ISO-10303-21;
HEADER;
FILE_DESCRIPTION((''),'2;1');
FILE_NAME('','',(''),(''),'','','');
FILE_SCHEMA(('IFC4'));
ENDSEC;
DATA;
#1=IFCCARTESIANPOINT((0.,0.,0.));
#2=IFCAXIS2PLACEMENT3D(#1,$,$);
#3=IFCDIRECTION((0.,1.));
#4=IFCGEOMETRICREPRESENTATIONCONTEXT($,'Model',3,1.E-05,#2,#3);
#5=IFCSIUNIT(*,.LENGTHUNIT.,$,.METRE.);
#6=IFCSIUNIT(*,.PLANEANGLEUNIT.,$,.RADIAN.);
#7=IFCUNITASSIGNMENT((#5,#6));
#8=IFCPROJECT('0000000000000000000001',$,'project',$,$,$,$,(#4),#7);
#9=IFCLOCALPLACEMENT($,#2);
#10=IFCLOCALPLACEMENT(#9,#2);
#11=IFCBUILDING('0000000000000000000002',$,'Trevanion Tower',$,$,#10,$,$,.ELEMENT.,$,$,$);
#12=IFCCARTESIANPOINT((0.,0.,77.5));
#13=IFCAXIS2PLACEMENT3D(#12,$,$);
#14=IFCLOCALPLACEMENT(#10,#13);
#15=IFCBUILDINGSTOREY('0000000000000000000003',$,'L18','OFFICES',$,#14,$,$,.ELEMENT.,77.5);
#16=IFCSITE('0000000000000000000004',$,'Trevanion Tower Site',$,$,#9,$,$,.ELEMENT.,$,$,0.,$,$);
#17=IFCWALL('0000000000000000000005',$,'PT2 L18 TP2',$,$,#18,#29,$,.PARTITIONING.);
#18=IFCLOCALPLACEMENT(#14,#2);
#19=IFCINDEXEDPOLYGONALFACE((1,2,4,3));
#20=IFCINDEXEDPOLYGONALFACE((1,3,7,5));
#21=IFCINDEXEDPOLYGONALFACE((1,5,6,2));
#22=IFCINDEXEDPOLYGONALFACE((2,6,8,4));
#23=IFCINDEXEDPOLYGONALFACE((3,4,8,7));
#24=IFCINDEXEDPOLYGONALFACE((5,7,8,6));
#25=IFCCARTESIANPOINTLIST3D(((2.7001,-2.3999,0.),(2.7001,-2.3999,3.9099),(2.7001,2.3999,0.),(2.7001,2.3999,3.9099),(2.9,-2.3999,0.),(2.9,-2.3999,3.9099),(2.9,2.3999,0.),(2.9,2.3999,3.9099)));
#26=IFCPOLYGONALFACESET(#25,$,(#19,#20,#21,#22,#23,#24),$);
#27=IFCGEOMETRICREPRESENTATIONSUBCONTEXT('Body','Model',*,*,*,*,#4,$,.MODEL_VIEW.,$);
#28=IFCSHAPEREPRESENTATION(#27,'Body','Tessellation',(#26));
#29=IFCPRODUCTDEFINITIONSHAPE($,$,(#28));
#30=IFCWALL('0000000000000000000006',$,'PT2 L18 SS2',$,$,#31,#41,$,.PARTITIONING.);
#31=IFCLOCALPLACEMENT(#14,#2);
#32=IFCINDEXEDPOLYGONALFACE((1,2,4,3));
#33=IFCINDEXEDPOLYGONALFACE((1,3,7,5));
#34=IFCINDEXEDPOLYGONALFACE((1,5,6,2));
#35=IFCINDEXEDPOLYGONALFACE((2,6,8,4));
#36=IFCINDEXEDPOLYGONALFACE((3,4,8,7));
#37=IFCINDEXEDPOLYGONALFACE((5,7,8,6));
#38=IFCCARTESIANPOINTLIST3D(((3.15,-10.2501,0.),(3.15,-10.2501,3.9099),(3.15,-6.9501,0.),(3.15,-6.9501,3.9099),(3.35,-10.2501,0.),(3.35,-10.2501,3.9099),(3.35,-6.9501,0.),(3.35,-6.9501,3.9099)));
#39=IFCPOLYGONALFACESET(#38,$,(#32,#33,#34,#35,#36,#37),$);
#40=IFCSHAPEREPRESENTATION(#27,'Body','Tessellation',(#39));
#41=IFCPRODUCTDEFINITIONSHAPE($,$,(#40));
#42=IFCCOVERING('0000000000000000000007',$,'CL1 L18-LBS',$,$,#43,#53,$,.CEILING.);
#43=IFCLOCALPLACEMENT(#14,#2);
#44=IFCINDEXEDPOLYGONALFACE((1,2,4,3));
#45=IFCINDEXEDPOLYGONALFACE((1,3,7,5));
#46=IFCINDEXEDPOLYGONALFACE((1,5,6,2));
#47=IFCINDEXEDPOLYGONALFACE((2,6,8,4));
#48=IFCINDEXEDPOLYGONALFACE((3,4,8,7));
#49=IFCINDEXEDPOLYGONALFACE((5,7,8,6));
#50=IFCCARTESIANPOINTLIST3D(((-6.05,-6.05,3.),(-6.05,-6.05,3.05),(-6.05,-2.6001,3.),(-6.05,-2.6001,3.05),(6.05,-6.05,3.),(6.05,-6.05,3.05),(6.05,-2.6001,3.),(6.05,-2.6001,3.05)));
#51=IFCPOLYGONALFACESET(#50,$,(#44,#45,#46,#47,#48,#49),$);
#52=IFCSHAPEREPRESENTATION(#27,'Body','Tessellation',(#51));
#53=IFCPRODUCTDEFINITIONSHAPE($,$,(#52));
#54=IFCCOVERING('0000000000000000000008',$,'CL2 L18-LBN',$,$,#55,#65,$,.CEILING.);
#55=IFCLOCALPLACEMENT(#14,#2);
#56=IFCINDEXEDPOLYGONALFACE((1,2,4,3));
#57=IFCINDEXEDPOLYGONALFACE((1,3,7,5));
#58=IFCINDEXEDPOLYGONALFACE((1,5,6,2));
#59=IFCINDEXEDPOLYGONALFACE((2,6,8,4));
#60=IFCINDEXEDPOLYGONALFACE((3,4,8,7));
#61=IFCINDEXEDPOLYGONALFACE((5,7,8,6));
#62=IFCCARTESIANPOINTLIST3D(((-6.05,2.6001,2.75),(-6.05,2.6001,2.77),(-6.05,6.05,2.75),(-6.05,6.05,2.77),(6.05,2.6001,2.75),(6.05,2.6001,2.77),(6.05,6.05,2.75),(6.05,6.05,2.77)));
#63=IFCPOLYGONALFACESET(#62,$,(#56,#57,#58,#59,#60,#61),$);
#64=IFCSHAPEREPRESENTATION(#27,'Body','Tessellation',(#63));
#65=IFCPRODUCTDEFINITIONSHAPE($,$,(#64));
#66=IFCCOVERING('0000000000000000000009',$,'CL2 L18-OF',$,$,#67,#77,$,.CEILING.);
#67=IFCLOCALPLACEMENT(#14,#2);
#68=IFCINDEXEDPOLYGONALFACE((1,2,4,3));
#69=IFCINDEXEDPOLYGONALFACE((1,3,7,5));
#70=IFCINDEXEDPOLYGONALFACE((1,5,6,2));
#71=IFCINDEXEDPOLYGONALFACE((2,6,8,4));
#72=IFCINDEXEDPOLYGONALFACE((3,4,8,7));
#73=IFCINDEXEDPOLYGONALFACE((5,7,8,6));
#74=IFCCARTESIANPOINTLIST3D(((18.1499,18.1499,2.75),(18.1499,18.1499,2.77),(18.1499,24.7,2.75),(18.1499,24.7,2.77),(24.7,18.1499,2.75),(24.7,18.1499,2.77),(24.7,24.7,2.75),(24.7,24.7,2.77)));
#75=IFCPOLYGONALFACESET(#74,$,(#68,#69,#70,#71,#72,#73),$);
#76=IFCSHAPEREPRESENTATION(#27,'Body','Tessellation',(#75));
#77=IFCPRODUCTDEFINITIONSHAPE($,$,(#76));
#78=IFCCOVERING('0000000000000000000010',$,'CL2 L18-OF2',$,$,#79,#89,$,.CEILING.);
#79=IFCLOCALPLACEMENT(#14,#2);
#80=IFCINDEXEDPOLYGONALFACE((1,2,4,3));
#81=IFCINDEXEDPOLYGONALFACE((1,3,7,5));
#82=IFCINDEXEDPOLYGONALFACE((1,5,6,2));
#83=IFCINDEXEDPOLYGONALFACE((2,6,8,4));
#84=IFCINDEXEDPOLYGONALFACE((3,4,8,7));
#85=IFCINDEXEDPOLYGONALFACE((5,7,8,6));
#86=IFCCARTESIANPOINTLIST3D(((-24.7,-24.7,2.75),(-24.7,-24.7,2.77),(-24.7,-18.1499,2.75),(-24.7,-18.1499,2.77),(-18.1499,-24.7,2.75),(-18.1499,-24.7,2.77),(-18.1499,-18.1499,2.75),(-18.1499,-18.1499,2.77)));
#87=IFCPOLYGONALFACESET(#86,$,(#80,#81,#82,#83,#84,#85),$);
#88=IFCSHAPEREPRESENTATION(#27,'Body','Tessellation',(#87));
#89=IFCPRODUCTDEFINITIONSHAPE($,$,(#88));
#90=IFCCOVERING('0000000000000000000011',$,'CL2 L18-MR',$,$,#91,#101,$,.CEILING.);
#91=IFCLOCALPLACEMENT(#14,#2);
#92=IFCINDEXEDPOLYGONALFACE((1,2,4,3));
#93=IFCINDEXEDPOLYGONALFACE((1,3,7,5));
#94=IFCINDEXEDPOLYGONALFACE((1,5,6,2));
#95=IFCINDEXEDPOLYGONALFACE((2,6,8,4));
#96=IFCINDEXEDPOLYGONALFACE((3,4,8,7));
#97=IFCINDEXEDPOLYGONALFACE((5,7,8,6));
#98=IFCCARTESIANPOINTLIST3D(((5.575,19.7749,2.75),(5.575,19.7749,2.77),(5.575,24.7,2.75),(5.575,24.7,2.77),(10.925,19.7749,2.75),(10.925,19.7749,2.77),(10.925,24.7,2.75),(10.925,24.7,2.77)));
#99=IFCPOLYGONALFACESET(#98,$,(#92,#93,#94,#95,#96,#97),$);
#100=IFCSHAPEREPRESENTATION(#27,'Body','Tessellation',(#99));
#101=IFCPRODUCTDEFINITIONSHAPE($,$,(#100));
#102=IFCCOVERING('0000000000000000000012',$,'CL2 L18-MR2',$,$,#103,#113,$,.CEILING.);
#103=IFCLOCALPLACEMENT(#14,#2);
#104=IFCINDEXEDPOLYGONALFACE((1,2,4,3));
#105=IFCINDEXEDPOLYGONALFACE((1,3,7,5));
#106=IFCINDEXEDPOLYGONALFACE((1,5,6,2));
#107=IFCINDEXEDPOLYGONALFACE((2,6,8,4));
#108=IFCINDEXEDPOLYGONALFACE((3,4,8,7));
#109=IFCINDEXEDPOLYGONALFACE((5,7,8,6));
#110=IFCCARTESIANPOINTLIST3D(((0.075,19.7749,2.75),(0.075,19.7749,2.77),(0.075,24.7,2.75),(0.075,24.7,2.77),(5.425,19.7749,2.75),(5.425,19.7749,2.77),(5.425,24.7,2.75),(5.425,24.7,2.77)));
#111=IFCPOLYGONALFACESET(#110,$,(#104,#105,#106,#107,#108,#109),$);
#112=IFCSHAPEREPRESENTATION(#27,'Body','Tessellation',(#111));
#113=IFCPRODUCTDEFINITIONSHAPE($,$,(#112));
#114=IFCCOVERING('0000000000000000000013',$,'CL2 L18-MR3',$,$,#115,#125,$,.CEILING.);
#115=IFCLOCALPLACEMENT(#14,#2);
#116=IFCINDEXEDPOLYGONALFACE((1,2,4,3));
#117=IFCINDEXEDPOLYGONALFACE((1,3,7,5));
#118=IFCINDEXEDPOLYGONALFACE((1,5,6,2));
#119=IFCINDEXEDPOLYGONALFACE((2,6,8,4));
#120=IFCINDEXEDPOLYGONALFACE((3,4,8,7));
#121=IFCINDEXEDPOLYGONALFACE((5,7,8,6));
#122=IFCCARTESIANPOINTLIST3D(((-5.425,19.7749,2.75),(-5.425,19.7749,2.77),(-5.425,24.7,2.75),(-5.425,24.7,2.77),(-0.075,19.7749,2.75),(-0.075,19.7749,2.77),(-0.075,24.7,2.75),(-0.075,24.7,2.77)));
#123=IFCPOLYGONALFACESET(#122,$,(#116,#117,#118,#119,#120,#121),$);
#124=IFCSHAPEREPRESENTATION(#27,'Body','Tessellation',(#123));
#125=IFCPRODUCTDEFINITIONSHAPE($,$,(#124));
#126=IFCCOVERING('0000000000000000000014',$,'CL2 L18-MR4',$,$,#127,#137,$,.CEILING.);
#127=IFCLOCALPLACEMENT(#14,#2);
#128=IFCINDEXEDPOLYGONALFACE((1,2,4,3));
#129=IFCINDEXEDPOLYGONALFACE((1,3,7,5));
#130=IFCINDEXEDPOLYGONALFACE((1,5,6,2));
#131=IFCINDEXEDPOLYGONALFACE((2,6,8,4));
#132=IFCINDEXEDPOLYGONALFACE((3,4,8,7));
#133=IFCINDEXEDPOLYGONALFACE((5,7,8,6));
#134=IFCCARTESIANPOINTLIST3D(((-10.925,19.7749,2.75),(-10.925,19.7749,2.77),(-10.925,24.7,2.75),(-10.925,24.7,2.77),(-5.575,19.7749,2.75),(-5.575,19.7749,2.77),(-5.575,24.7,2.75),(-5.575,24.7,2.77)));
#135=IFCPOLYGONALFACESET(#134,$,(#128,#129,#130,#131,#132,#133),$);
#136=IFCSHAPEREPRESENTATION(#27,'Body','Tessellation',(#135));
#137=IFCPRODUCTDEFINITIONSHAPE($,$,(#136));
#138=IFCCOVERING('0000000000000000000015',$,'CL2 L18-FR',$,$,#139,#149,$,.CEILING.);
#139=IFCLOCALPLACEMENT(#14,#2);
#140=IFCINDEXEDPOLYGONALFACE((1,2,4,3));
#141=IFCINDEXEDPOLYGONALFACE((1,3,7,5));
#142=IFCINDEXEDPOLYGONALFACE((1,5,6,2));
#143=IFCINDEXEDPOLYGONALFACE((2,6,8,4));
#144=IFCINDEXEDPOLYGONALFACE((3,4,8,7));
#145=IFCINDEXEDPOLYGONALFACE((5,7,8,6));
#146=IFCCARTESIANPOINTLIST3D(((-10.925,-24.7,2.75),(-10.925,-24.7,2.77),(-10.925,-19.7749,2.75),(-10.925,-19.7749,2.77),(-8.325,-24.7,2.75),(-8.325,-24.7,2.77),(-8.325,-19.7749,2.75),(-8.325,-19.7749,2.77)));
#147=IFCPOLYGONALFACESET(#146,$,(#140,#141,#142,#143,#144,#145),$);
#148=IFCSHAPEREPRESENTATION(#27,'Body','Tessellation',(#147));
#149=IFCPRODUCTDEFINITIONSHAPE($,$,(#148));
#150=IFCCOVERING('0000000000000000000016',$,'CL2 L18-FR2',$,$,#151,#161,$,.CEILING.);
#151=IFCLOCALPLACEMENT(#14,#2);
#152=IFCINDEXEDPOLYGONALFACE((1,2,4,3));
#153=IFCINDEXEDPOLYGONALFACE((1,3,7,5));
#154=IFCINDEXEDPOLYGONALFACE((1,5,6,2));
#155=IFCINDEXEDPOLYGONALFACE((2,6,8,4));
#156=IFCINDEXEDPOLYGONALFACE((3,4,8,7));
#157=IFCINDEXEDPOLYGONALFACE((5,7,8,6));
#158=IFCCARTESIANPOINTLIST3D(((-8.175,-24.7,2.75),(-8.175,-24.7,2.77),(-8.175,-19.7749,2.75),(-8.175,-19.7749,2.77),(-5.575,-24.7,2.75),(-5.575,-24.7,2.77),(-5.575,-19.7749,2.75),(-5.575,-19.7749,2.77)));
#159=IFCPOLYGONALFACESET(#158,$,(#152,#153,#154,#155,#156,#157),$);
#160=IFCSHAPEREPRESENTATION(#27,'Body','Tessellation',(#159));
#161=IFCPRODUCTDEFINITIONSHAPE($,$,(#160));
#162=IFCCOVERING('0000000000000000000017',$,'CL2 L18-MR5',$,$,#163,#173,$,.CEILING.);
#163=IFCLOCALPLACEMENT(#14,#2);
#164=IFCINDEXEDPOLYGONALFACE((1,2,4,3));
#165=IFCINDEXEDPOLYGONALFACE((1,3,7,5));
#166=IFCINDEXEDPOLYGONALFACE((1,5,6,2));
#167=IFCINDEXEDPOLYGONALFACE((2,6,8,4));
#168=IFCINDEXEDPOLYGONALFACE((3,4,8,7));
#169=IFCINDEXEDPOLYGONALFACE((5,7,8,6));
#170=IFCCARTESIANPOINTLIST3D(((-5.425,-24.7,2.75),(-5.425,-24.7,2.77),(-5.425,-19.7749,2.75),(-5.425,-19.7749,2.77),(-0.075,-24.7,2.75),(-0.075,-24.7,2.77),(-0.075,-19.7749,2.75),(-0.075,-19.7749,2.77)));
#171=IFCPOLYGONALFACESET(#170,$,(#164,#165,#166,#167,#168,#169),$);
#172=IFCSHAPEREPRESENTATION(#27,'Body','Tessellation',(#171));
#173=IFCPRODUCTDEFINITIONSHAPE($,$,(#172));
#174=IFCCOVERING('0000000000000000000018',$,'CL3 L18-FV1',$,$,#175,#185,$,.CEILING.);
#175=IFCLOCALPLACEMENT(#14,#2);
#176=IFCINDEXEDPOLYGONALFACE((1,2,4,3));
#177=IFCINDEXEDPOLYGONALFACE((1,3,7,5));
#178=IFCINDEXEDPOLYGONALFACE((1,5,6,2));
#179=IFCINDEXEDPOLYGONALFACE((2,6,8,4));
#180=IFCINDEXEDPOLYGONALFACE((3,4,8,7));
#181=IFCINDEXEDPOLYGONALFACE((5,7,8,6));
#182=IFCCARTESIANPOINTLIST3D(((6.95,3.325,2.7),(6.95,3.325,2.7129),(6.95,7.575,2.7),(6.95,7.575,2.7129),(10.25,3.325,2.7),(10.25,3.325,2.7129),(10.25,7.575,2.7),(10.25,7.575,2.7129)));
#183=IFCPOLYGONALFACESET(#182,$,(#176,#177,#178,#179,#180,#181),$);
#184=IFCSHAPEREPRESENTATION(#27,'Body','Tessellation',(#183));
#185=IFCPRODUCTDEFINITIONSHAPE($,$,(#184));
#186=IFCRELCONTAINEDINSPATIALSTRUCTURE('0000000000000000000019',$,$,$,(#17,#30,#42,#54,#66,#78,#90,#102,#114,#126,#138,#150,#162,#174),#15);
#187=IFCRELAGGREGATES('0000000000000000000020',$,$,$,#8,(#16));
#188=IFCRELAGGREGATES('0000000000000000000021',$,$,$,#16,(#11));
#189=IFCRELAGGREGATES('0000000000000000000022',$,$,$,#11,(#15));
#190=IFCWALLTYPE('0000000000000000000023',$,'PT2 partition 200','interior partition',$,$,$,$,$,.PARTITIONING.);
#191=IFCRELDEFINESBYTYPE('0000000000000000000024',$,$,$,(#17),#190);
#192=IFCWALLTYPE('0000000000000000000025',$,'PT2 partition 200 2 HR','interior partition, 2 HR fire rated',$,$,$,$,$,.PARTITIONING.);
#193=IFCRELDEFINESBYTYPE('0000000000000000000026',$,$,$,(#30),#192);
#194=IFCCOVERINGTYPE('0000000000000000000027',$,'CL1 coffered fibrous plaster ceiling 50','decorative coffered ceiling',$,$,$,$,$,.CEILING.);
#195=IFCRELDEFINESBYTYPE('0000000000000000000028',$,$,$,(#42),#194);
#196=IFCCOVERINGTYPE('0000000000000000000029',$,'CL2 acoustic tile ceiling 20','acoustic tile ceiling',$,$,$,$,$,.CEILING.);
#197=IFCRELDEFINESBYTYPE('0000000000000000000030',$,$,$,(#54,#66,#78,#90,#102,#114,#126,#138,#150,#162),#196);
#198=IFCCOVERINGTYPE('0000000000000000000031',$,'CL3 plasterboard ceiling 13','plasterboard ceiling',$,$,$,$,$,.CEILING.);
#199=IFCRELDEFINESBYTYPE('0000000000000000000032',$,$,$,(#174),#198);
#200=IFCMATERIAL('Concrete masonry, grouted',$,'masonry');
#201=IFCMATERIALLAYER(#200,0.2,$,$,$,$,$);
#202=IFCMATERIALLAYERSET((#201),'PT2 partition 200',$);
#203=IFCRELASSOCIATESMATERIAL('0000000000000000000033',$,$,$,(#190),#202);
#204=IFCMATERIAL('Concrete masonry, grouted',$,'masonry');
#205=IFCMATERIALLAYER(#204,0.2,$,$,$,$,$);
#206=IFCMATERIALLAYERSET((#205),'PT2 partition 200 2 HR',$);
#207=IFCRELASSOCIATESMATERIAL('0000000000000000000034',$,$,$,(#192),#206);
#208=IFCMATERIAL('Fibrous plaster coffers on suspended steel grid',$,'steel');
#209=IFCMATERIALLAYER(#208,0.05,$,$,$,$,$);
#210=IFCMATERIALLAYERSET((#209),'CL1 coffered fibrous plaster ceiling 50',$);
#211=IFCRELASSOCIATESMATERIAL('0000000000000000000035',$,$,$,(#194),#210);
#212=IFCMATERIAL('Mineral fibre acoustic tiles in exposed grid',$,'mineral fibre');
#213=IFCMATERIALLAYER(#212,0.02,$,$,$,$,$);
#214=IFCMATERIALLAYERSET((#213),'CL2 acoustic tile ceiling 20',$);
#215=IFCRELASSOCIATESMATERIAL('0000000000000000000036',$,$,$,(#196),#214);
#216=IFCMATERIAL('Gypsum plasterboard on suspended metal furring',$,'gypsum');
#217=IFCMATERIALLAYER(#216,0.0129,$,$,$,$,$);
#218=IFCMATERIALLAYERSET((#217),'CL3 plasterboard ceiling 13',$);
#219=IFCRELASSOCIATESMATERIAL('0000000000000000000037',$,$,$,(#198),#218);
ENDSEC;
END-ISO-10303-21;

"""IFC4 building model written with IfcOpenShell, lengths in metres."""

from ifc_helpers import new_model, si_unit, direction, frame, frame_2d, origin, place, context, subcontext, project, spatial, polyline, rectangle, outline, extrude, material, layer, layer_set, type_object, element, save


model = new_model("IFC4")

# Units and contexts
model_context = context("Model", 3, precision=1e-05, world=origin(), true_north=direction((0.0, 1.0)))
body_context = subcontext(model_context, "Body", "Model", "MODEL_VIEW")
ifc_project = project(units=[si_unit("LENGTHUNIT", "METRE"), si_unit("PLANEANGLEUNIT", "RADIAN")], contexts=[model_context])

# Site, building, storey
site_placement = place(None, origin())
site = spatial("IfcSite", under=ifc_project, at=site_placement, Name="Trevanion Tower Site", CompositionType="ELEMENT", RefElevation=0.0)
building_placement = place(site_placement, origin())
building = spatial("IfcBuilding", under=site, at=building_placement, Name="Trevanion Tower", CompositionType="ELEMENT")
storey_placement = place(building_placement, frame((0.0, 0.0, 77.5)))
storey = spatial("IfcBuildingStorey", under=building, at=storey_placement, Name="L18", Description="OFFICES", CompositionType="ELEMENT", Elevation=77.5)

# Walls
ifc_material_1 = material(Name="Concrete masonry, grouted", Category="masonry")
ifc_layer_1 = layer(ifc_material_1, 0.2)
ifc_layer_set_1 = layer_set([ifc_layer_1], Name="PT2 partition 200")
wall_type_1 = type_object("IfcWallType", Name="PT2 partition 200", Description="interior partition", PredefinedType="PARTITIONING", material=ifc_layer_set_1)
wall_1_placement = place(storey_placement, frame((2.8, -2.3999, 0.0), z_axis=(0.0, 0.0, 1.0), x_axis=(0.0, 1.0, 0.0)))
element("IfcWall", 1, at=wall_1_placement, inside=storey, type_object=wall_type_1, Name="PT2 L18 TP2", PredefinedType="PARTITIONING", context=body_context, shape_type="SweptSolid", body=[
    extrude(rectangle(XDim=4.7998, YDim=0.2, at=frame_2d((2.3999, 0.0))), origin(), (0.0, 0.0, 1.0), 3.9099),
])
ifc_material_2 = material(Name="Concrete masonry, grouted", Category="masonry")
ifc_layer_2 = layer(ifc_material_2, 0.2)
ifc_layer_set_2 = layer_set([ifc_layer_2], Name="PT2 partition 200 2 HR")
wall_type_2 = type_object("IfcWallType", Name="PT2 partition 200 2 HR", Description="interior partition, 2 HR fire rated", PredefinedType="PARTITIONING", material=ifc_layer_set_2)
wall_2_placement = place(storey_placement, frame((3.25, -10.25, 0.0), z_axis=(0.0, 0.0, 1.0), x_axis=(0.0, 1.0, 0.0)))
element("IfcWall", 2, at=wall_2_placement, inside=storey, type_object=wall_type_2, Name="PT2 L18 SS2", PredefinedType="PARTITIONING", context=body_context, shape_type="SweptSolid", body=[
    extrude(rectangle(XDim=3.3, YDim=0.2, at=frame_2d((1.6499, 0.0))), origin(), (0.0, 0.0, 1.0), 3.9099),
])

# Coverings
ifc_material_3 = material(Name="Fibrous plaster coffers on suspended steel grid", Category="steel")
ifc_layer_3 = layer(ifc_material_3, 0.05)
ifc_layer_set_3 = layer_set([ifc_layer_3], Name="CL1 coffered fibrous plaster ceiling 50")
covering_type_1 = type_object("IfcCoveringType", Name="CL1 coffered fibrous plaster ceiling 50", Description="decorative coffered ceiling", PredefinedType="CEILING", material=ifc_layer_set_3)
covering_1_placement = place(storey_placement, frame((0.0, 0.0, 3.0)))
element("IfcCovering", 3, at=covering_1_placement, inside=storey, type_object=covering_type_1, Name="CL1 L18-LBS", PredefinedType="CEILING", context=body_context, shape_type="SweptSolid", body=[
    extrude(outline(polyline([(6.05, -6.05), (6.05, -2.6001), (-6.05, -2.6001), (-6.05, -6.05), (6.05, -6.05)])), origin(), (0.0, 0.0, 1.0), 0.05),
])
ifc_material_4 = material(Name="Mineral fibre acoustic tiles in exposed grid", Category="mineral fibre")
ifc_layer_4 = layer(ifc_material_4, 0.02)
ifc_layer_set_4 = layer_set([ifc_layer_4], Name="CL2 acoustic tile ceiling 20")
covering_type_2 = type_object("IfcCoveringType", Name="CL2 acoustic tile ceiling 20", Description="acoustic tile ceiling", PredefinedType="CEILING", material=ifc_layer_set_4)
covering_2_placement = place(storey_placement, frame((0.0, 0.0, 2.75)))
element("IfcCovering", 4, at=covering_2_placement, inside=storey, type_object=covering_type_2, Name="CL2 L18-LBN", PredefinedType="CEILING", context=body_context, shape_type="SweptSolid", body=[
    extrude(outline(polyline([(6.05, 2.6001), (6.05, 6.05), (-6.05, 6.05), (-6.05, 2.6001), (6.05, 2.6001)])), origin(), (0.0, 0.0, 1.0), 0.02),
])
covering_3_placement = place(storey_placement, frame((0.0, 0.0, 2.75)))
element("IfcCovering", 5, at=covering_3_placement, inside=storey, type_object=covering_type_2, Name="CL2 L18-OF", PredefinedType="CEILING", context=body_context, shape_type="SweptSolid", body=[
    extrude(outline(polyline([(18.1499, 18.1499), (18.1499, 24.7), (24.7, 24.7), (24.7, 18.1499), (18.1499, 18.1499)])), origin(), (0.0, 0.0, 1.0), 0.02),
])
covering_4_placement = place(storey_placement, frame((0.0, 0.0, 2.75)))
element("IfcCovering", 6, at=covering_4_placement, inside=storey, type_object=covering_type_2, Name="CL2 L18-OF2", PredefinedType="CEILING", context=body_context, shape_type="SweptSolid", body=[
    extrude(outline(polyline([(-18.1499, -18.1499), (-18.1499, -24.7), (-24.7, -24.7), (-24.7, -18.1499), (-18.1499, -18.1499)])), origin(), (0.0, 0.0, 1.0), 0.02),
])
covering_5_placement = place(storey_placement, frame((0.0, 0.0, 2.75)))
element("IfcCovering", 7, at=covering_5_placement, inside=storey, type_object=covering_type_2, Name="CL2 L18-MR", PredefinedType="CEILING", context=body_context, shape_type="SweptSolid", body=[
    extrude(outline(polyline([(10.925, 19.7749), (5.575, 19.7749), (5.575, 24.7), (10.925, 24.7), (10.925, 19.7749)])), origin(), (0.0, 0.0, 1.0), 0.02),
])
covering_6_placement = place(storey_placement, frame((0.0, 0.0, 2.75)))
element("IfcCovering", 8, at=covering_6_placement, inside=storey, type_object=covering_type_2, Name="CL2 L18-MR2", PredefinedType="CEILING", context=body_context, shape_type="SweptSolid", body=[
    extrude(outline(polyline([(5.425, 19.7749), (0.075, 19.7749), (0.075, 24.7), (5.425, 24.7), (5.425, 19.7749)])), origin(), (0.0, 0.0, 1.0), 0.02),
])
covering_7_placement = place(storey_placement, frame((0.0, 0.0, 2.75)))
element("IfcCovering", 9, at=covering_7_placement, inside=storey, type_object=covering_type_2, Name="CL2 L18-MR3", PredefinedType="CEILING", context=body_context, shape_type="SweptSolid", body=[
    extrude(outline(polyline([(-0.075, 19.7749), (-5.425, 19.7749), (-5.425, 24.7), (-0.075, 24.7), (-0.075, 19.7749)])), origin(), (0.0, 0.0, 1.0), 0.02),
])
covering_8_placement = place(storey_placement, frame((0.0, 0.0, 2.75)))
element("IfcCovering", 10, at=covering_8_placement, inside=storey, type_object=covering_type_2, Name="CL2 L18-MR4", PredefinedType="CEILING", context=body_context, shape_type="SweptSolid", body=[
    extrude(outline(polyline([(-5.575, 19.7749), (-10.925, 19.7749), (-10.925, 24.7), (-5.575, 24.7), (-5.575, 19.7749)])), origin(), (0.0, 0.0, 1.0), 0.02),
])
covering_9_placement = place(storey_placement, frame((0.0, 0.0, 2.75)))
element("IfcCovering", 11, at=covering_9_placement, inside=storey, type_object=covering_type_2, Name="CL2 L18-FR", PredefinedType="CEILING", context=body_context, shape_type="SweptSolid", body=[
    extrude(outline(polyline([(-10.925, -19.7749), (-8.325, -19.7749), (-8.325, -24.7), (-10.925, -24.7), (-10.925, -19.7749)])), origin(), (0.0, 0.0, 1.0), 0.02),
])
covering_10_placement = place(storey_placement, frame((0.0, 0.0, 2.75)))
element("IfcCovering", 12, at=covering_10_placement, inside=storey, type_object=covering_type_2, Name="CL2 L18-FR2", PredefinedType="CEILING", context=body_context, shape_type="SweptSolid", body=[
    extrude(outline(polyline([(-8.175, -19.7749), (-5.575, -19.7749), (-5.575, -24.7), (-8.175, -24.7), (-8.175, -19.7749)])), origin(), (0.0, 0.0, 1.0), 0.02),
])
covering_11_placement = place(storey_placement, frame((0.0, 0.0, 2.75)))
element("IfcCovering", 13, at=covering_11_placement, inside=storey, type_object=covering_type_2, Name="CL2 L18-MR5", PredefinedType="CEILING", context=body_context, shape_type="SweptSolid", body=[
    extrude(outline(polyline([(-5.425, -19.7749), (-0.075, -19.7749), (-0.075, -24.7), (-5.425, -24.7), (-5.425, -19.7749)])), origin(), (0.0, 0.0, 1.0), 0.02),
])
ifc_material_5 = material(Name="Gypsum plasterboard on suspended metal furring", Category="gypsum")
ifc_layer_5 = layer(ifc_material_5, 0.0129)
ifc_layer_set_5 = layer_set([ifc_layer_5], Name="CL3 plasterboard ceiling 13")
covering_type_3 = type_object("IfcCoveringType", Name="CL3 plasterboard ceiling 13", Description="plasterboard ceiling", PredefinedType="CEILING", material=ifc_layer_set_5)
covering_12_placement = place(storey_placement, frame((0.0, 0.0, 2.7)))
element("IfcCovering", 14, at=covering_12_placement, inside=storey, type_object=covering_type_3, Name="CL3 L18-FV1", PredefinedType="CEILING", context=body_context, shape_type="SweptSolid", body=[
    extrude(outline(polyline([(10.25, 3.325), (10.25, 7.575), (6.95, 7.575), (6.95, 3.325), (10.25, 3.325)])), origin(), (0.0, 0.0, 1.0), 0.0129),
])

save(model, "model.ifc")
